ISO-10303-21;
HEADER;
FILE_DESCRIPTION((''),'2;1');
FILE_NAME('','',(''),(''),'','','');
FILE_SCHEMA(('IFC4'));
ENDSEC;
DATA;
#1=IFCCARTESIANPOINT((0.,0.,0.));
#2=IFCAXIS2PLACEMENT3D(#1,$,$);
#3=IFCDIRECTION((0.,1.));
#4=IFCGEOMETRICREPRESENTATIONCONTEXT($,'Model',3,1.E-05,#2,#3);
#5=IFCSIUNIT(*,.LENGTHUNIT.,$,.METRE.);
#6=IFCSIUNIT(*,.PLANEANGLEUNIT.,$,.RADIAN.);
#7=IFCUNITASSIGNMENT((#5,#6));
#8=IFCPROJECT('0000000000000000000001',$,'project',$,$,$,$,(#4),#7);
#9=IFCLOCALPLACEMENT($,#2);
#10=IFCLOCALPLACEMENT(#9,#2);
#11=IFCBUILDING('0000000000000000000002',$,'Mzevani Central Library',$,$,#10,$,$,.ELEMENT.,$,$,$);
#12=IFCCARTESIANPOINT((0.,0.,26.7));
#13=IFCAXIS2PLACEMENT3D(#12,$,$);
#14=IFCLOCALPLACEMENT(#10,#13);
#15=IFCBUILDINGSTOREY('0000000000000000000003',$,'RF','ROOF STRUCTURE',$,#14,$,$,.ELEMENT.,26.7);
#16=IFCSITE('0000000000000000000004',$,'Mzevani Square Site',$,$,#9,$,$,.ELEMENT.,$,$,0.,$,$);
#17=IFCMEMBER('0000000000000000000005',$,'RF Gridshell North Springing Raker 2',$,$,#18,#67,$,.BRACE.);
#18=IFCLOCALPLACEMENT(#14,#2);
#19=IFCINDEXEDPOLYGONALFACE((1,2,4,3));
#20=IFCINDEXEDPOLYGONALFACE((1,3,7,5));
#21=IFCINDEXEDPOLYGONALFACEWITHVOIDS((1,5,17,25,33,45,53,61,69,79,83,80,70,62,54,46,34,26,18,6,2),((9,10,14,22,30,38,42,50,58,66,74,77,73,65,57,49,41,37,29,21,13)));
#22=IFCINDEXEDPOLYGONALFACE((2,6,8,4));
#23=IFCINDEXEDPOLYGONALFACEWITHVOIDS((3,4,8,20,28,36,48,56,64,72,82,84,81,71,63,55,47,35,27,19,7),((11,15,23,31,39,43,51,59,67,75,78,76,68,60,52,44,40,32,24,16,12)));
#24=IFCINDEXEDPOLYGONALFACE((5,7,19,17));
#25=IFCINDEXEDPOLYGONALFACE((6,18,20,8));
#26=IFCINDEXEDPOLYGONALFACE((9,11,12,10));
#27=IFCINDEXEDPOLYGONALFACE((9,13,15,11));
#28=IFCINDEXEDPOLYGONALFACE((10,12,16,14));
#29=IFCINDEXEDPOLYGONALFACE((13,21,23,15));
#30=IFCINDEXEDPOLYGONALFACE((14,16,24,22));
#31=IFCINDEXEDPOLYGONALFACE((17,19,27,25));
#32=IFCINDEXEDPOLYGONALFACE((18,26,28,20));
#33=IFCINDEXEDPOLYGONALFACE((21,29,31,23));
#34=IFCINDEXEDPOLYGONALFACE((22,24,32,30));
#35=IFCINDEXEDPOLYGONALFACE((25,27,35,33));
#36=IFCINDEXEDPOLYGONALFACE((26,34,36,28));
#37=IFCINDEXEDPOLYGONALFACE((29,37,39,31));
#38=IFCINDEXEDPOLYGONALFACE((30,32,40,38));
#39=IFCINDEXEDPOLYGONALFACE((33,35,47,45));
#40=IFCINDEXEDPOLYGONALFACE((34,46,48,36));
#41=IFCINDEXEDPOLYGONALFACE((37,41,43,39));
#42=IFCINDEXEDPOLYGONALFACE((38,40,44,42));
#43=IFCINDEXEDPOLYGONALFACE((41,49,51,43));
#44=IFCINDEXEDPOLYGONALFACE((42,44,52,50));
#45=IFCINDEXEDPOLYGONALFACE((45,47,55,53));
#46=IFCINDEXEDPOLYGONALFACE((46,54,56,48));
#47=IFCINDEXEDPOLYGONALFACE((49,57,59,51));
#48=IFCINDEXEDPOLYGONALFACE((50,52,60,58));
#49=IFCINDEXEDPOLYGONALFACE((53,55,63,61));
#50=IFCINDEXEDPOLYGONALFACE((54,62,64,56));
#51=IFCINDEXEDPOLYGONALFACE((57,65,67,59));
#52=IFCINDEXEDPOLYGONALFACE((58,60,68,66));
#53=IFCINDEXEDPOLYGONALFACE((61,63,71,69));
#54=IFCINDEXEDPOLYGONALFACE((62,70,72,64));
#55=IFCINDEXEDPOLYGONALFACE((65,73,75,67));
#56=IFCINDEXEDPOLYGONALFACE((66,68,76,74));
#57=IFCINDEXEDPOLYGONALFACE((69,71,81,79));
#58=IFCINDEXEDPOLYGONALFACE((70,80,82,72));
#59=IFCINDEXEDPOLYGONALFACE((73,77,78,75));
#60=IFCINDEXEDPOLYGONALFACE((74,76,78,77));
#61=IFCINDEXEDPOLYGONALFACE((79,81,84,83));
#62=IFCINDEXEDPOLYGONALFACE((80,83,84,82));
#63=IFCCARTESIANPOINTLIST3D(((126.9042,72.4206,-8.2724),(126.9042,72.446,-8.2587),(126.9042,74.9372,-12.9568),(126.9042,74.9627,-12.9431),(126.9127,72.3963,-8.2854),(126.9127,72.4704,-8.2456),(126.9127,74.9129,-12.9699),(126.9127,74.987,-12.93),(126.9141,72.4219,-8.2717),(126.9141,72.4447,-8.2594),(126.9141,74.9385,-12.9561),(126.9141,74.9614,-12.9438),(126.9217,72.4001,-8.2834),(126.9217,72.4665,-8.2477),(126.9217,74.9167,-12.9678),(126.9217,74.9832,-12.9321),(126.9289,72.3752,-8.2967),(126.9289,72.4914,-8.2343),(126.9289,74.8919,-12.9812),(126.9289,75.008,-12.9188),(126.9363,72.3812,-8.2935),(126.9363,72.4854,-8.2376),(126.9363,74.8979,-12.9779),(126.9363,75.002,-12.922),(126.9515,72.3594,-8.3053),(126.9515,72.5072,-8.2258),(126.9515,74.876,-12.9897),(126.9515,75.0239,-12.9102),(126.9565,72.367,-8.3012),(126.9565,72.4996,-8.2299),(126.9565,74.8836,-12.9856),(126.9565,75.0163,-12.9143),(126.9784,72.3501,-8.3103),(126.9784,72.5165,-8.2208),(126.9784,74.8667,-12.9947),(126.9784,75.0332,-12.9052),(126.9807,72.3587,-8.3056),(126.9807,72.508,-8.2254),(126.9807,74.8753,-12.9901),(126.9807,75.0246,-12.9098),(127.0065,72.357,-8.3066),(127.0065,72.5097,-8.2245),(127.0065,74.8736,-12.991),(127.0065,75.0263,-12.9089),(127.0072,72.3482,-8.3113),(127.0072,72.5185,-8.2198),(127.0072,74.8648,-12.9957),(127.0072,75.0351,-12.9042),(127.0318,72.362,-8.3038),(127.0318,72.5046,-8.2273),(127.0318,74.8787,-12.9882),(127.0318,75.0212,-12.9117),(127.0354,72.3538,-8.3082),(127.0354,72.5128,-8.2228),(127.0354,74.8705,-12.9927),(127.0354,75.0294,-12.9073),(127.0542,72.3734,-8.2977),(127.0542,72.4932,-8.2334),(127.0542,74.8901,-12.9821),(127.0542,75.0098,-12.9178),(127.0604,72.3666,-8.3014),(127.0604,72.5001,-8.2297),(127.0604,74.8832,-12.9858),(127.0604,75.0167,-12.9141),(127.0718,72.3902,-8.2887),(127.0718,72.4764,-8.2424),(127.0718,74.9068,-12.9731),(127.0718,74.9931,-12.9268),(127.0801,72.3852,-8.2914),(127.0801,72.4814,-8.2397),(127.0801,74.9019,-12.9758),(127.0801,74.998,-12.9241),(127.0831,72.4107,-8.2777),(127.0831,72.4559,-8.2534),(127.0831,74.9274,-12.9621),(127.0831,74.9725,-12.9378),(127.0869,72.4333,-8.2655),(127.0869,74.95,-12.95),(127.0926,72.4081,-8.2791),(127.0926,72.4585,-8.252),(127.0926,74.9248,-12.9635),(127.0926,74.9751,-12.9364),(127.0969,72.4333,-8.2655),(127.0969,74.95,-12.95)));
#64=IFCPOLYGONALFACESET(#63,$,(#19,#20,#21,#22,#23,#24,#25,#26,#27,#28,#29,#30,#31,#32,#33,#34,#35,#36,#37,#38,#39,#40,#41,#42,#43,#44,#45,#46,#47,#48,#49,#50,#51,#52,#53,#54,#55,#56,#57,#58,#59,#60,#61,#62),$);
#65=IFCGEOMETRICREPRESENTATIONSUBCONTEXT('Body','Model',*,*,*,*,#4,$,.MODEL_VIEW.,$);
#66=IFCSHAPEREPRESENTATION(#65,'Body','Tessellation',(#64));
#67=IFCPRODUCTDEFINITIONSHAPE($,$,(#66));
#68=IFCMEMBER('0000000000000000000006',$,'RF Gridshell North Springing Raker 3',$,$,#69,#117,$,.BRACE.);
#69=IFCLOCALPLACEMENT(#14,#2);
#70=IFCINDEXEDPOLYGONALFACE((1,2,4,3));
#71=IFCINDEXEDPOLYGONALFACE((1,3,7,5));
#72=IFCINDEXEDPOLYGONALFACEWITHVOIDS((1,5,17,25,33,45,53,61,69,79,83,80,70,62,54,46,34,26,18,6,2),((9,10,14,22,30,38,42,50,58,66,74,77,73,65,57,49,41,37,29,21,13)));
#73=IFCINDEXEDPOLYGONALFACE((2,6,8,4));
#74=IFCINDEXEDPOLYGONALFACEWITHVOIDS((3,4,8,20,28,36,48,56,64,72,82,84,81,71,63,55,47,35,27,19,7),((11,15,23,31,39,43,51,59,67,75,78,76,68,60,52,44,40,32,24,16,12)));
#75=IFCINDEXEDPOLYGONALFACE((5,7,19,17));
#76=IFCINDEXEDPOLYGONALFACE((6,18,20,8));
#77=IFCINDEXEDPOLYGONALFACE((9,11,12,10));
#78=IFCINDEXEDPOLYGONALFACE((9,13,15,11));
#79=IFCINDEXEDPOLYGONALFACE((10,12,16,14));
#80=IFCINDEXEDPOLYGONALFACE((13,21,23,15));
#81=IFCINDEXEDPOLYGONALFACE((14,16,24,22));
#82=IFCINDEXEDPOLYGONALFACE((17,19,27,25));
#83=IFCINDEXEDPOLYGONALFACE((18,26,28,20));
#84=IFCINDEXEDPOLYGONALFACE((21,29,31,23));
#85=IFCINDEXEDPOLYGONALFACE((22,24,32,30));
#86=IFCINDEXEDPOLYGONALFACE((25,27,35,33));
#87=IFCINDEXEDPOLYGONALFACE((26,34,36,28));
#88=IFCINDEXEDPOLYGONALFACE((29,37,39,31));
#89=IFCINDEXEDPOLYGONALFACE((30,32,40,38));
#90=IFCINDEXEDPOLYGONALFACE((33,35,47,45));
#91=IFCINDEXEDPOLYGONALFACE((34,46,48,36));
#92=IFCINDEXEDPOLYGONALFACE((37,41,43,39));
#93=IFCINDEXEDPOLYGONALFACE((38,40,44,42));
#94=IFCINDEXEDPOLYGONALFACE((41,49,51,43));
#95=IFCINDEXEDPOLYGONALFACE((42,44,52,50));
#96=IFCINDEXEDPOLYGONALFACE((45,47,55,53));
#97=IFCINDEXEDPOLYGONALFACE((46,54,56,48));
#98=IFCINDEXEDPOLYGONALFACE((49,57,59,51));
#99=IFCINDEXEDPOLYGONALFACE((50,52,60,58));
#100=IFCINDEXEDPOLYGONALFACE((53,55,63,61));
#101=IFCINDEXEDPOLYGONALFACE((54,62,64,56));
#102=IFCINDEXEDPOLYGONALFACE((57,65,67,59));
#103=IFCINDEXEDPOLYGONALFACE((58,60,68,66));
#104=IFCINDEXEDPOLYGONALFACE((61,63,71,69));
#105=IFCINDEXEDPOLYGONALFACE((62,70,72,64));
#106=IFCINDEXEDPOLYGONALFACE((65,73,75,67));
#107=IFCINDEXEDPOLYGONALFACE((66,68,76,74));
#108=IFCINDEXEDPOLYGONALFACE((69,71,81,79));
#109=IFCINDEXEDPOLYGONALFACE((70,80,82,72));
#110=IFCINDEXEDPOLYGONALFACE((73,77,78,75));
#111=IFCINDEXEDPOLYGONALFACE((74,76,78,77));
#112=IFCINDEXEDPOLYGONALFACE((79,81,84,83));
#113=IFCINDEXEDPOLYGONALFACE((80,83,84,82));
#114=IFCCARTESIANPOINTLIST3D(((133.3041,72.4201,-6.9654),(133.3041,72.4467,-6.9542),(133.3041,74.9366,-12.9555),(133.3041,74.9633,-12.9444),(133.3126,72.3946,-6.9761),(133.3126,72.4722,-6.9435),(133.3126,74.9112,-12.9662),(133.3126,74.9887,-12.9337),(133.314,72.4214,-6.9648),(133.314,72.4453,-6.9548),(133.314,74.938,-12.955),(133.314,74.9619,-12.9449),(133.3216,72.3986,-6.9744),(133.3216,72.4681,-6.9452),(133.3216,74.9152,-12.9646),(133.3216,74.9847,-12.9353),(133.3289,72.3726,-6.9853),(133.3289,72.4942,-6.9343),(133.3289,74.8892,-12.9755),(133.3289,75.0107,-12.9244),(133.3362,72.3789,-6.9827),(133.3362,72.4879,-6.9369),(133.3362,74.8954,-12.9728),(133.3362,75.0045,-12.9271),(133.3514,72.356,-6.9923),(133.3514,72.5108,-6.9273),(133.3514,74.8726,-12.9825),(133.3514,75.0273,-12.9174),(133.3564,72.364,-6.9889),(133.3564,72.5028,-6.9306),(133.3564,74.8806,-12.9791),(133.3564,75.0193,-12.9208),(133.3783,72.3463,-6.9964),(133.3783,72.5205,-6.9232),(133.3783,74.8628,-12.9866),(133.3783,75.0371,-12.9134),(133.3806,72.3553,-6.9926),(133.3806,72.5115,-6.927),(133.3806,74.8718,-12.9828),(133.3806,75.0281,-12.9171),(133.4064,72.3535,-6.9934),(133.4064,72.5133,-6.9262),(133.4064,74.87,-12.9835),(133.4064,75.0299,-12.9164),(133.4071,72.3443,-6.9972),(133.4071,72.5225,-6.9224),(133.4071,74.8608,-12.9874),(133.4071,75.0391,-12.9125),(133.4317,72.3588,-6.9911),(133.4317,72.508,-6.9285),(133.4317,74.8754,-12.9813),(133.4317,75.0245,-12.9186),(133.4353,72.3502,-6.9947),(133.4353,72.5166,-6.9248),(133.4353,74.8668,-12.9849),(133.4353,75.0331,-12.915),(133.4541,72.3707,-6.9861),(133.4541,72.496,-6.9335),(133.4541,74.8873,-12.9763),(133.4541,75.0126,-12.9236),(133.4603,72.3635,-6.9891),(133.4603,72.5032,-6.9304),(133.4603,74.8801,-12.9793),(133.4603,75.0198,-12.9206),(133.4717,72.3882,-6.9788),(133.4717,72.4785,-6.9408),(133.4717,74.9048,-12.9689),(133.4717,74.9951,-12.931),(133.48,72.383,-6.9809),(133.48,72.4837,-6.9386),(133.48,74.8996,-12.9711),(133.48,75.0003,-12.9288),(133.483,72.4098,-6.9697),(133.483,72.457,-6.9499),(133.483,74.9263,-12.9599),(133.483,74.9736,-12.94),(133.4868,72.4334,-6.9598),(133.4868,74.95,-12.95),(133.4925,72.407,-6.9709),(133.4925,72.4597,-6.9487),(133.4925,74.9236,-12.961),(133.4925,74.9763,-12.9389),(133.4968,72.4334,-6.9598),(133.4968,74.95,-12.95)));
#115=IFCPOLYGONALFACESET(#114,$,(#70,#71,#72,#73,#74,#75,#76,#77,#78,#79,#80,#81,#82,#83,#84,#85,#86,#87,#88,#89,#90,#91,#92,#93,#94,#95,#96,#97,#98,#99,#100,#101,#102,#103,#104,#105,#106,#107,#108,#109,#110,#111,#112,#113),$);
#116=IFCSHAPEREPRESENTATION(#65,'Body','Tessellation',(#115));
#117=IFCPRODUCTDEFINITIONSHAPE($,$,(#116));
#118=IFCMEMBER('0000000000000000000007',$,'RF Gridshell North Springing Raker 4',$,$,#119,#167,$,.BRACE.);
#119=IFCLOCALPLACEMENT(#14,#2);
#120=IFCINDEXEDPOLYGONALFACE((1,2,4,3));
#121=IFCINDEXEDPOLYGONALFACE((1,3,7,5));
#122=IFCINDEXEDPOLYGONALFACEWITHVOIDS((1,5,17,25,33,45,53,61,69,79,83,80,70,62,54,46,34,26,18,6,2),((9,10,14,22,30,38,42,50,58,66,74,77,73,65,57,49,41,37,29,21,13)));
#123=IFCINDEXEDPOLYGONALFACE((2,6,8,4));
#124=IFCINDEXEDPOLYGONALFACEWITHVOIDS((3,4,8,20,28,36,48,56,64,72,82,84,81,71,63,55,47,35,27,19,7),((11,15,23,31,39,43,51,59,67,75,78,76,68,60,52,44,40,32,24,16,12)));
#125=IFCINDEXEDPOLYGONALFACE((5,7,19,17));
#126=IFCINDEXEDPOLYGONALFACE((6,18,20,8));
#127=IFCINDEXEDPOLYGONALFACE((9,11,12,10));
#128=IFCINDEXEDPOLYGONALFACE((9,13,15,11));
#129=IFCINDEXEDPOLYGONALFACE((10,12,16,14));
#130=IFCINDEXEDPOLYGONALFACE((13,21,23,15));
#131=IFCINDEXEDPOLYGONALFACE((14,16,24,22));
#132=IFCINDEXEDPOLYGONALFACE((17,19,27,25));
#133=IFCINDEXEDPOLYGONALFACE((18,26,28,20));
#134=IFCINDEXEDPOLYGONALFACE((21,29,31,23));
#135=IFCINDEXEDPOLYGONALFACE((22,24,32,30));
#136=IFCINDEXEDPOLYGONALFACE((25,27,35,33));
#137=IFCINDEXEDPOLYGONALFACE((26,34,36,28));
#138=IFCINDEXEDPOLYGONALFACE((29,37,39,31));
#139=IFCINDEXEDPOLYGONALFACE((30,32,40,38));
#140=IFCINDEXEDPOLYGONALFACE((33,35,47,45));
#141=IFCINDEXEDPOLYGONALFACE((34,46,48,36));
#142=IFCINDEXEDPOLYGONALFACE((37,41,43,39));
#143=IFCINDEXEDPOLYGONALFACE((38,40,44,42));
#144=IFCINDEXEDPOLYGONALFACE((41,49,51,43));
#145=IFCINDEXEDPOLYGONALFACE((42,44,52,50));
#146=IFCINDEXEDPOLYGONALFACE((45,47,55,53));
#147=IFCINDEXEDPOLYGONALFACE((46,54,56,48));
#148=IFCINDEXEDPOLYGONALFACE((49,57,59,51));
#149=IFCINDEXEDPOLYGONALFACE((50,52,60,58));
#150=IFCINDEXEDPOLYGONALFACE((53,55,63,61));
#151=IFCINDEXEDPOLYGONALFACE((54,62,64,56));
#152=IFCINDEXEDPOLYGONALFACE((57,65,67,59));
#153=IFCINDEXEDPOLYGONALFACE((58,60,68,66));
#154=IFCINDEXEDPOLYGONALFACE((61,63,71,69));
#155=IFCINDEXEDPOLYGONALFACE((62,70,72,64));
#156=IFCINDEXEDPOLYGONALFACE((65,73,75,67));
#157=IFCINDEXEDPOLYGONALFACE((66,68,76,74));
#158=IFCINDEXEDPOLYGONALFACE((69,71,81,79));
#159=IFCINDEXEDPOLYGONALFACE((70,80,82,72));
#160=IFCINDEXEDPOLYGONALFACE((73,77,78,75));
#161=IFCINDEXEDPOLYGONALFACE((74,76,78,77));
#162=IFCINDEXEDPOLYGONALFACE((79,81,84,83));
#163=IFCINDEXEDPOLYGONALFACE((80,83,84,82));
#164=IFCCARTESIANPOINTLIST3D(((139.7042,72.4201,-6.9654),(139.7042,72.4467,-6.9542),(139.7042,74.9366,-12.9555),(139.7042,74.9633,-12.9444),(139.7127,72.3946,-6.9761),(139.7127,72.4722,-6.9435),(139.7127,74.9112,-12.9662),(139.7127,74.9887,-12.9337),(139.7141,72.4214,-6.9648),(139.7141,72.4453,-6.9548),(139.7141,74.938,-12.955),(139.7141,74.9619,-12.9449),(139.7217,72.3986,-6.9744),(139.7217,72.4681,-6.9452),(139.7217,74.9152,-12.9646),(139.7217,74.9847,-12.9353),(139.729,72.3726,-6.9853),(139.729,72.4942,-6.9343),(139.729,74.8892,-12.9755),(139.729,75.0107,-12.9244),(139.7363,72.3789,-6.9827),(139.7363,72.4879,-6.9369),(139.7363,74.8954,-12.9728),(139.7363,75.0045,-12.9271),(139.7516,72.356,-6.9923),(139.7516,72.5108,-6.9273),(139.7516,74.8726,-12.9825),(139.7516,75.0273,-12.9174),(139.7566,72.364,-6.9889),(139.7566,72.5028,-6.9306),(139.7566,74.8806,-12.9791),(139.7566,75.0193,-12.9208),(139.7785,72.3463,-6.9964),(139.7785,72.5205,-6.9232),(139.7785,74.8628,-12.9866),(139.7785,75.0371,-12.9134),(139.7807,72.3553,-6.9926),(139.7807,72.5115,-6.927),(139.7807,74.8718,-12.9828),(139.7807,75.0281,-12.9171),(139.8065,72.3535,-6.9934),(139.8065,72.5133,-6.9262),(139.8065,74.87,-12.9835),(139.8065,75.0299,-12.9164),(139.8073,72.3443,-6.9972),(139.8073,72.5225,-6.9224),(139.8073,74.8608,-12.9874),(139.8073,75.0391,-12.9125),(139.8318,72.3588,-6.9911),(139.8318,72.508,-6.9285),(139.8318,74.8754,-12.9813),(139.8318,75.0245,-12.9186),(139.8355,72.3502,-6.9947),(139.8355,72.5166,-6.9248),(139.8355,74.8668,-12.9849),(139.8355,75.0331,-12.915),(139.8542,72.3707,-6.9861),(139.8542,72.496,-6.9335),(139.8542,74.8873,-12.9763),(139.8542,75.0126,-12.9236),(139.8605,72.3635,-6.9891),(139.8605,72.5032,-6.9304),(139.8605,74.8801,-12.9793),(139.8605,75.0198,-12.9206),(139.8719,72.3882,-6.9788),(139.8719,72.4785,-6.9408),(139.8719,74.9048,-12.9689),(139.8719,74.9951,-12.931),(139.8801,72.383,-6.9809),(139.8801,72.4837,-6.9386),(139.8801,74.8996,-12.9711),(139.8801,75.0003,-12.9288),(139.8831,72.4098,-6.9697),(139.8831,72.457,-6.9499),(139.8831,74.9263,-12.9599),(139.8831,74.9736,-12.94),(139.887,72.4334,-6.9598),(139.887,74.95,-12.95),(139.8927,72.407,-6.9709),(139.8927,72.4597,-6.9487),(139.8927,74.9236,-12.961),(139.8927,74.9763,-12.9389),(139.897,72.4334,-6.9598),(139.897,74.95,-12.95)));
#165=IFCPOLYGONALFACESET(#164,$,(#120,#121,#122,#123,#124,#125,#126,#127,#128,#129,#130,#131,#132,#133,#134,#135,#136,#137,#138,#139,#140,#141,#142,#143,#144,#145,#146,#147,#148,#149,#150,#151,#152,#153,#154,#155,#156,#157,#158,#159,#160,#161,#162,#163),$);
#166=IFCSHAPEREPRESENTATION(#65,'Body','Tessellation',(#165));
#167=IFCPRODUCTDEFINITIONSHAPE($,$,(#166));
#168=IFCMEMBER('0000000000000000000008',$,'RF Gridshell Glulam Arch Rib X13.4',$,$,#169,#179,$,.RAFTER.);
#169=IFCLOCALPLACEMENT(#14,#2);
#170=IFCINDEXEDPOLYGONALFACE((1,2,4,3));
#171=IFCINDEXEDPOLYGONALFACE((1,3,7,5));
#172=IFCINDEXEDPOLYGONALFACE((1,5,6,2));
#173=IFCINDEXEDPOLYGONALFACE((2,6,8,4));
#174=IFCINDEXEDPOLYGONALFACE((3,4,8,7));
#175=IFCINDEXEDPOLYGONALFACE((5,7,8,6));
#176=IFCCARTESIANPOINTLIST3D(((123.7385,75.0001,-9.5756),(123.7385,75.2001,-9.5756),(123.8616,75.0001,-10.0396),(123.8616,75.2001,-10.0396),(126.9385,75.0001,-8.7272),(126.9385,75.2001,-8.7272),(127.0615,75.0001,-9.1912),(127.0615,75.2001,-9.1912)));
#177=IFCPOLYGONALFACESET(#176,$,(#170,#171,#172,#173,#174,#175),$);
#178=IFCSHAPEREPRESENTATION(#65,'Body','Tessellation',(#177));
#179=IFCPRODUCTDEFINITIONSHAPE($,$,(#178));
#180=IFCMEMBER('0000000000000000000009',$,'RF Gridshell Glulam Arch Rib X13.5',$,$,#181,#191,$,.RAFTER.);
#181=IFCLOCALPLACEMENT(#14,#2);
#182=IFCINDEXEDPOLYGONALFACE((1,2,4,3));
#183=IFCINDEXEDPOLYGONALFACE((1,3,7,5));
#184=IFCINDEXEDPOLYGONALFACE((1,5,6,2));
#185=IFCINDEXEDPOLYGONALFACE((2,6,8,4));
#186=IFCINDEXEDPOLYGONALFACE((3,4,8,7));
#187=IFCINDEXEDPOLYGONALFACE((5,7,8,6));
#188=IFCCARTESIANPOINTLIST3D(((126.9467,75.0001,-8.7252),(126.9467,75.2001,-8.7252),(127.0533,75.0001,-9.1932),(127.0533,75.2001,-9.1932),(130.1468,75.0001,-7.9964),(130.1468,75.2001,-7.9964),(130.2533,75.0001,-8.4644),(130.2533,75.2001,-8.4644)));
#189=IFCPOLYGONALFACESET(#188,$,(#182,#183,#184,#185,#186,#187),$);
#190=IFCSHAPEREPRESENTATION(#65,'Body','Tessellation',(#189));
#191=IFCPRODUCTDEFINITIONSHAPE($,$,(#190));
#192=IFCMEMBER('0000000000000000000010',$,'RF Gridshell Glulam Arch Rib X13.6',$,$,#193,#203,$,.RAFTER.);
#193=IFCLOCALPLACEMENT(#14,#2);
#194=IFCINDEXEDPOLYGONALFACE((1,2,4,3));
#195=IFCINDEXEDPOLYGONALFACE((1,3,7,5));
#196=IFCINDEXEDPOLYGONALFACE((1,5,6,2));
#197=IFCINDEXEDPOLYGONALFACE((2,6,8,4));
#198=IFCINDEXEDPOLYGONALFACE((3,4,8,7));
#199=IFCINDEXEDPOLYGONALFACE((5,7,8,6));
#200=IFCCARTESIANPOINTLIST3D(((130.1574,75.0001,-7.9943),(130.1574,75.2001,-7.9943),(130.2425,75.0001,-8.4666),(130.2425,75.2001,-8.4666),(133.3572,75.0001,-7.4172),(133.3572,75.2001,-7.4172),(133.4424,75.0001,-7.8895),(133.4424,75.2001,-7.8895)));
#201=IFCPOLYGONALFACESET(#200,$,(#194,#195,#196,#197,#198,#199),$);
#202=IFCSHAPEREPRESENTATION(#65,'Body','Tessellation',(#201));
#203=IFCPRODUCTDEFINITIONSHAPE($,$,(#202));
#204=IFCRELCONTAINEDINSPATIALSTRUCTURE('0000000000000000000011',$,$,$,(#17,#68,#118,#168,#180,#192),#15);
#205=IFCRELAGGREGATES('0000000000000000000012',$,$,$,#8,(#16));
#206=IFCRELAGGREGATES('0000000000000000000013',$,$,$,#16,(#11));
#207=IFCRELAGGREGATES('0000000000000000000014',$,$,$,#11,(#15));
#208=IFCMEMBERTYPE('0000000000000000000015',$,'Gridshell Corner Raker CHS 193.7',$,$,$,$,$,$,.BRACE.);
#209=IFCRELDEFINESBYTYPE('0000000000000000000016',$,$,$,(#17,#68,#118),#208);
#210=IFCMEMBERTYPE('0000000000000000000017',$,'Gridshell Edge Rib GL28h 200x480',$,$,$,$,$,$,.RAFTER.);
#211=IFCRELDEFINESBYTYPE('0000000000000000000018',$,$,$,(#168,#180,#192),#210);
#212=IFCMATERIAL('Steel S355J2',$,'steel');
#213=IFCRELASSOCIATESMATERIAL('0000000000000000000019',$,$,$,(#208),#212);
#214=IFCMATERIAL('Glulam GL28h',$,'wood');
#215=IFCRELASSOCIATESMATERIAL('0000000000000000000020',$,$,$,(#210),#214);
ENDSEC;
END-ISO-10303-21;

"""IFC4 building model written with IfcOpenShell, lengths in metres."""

from ifc_helpers import new_model, si_unit, direction, frame, origin, origin_2d, place, context, subcontext, project, spatial, rectangle, hollow_circle, extrude, material, material_profile, profile_set, type_object, element, save


model = new_model("IFC4")

# Units and contexts
model_context = context("Model", 3, precision=1e-05, world=origin(), true_north=direction((0.0, 1.0)))
body_context = subcontext(model_context, "Body", "Model", "MODEL_VIEW")
ifc_project = project(units=[si_unit("LENGTHUNIT", "METRE"), si_unit("PLANEANGLEUNIT", "RADIAN")], contexts=[model_context])

# Site, building, storey
site_placement = place(None, origin())
site = spatial("IfcSite", under=ifc_project, at=site_placement, Name="Mzevani Square Site", CompositionType="ELEMENT", RefElevation=0.0)
building_placement = place(site_placement, origin())
building = spatial("IfcBuilding", under=site, at=building_placement, Name="Mzevani Central Library", CompositionType="ELEMENT")
storey_placement = place(building_placement, frame((0.0, 0.0, 26.7)))
storey = spatial("IfcBuildingStorey", under=building, at=storey_placement, Name="RF", Description="ROOF STRUCTURE", CompositionType="ELEMENT", Elevation=26.7)

# Members
ifc_material_1 = material(Name="Steel S355J2", Category="steel")
ifc_material_profile_1 = material_profile(ifc_material_1, hollow_circle(Radius=0.0969, WallThickness=0.01, at=origin_2d()), Name="CHS 193.7x10.0")
ifc_profile_set_1 = profile_set([ifc_material_profile_1], Name="Steel S355J2")
member_type_1 = type_object("IfcMemberType", Name="Gridshell Corner Raker CHS 193.7", PredefinedType="BRACE", material=ifc_profile_set_1)
member_1_placement = place(storey_placement, frame((127.0, 74.95, -12.95), z_axis=(0.0, -0.473265, 0.88092), x_axis=(1.0, 0.0, 0.0)))
element("IfcMember", 1, at=member_1_placement, inside=storey, type_object=member_type_1, Name="RF Gridshell North Springing Raker 2", PredefinedType="BRACE", context=body_context, shape_type="SweptSolid", body=[
    extrude(hollow_circle(Radius=0.0969, WallThickness=0.01, at=origin_2d()), origin(), (0.0, 0.0, 1.0), 5.3176),
])
for number, where, z_axis, x_axis, name in (
    (2, (133.3999, 74.95, -12.95), (0.0, -0.387324, 0.921943), (1.0, 0.0, 0.0), "RF Gridshell North Springing Raker 3"),
    (3, (139.8, 74.95, -12.95), (0.0, -0.387324, 0.921943), (1.0, 0.0, 0.0), "RF Gridshell North Springing Raker 4"),
):
    element("IfcMember", number, at=place(storey_placement, frame(where, z_axis=z_axis, x_axis=x_axis)), inside=storey, type_object=member_type_1, Name=name, PredefinedType="BRACE", context=body_context, shape_type="SweptSolid", body=[
        extrude(hollow_circle(Radius=0.0969, WallThickness=0.01, at=origin_2d()), origin(), (0.0, 0.0, 1.0), 6.4973),
    ])
ifc_material_2 = material(Name="Glulam GL28h", Category="wood")
ifc_material_profile_2 = material_profile(ifc_material_2, rectangle(XDim=0.2, YDim=0.48, at=origin_2d()), Name="GL28h 200x480")
ifc_profile_set_2 = profile_set([ifc_material_profile_2], Name="Glulam GL28h")
member_type_2 = type_object("IfcMemberType", Name="Gridshell Edge Rib GL28h 200x480", PredefinedType="RAFTER", material=ifc_profile_set_2)
member_2_placement = place(storey_placement, frame((123.8, 75.1001, -9.8076), z_axis=(0.966605, 0.0, 0.256272), x_axis=(0.0, 1.0, 0.0)))
element("IfcMember", 4, at=member_2_placement, inside=storey, type_object=member_type_2, Name="RF Gridshell Glulam Arch Rib X13.4", PredefinedType="RAFTER", context=body_context, shape_type="SweptSolid", body=[
    extrude(rectangle(XDim=0.2, YDim=0.48, at=origin_2d()), origin(), (0.0, 0.0, 1.0), 3.3105),
])
member_3_placement = place(storey_placement, frame((127.0, 75.1001, -8.9592), z_axis=(0.975034, 0.0, 0.222055), x_axis=(0.0, 1.0, 0.0)))
element("IfcMember", 5, at=member_3_placement, inside=storey, type_object=member_type_2, Name="RF Gridshell Glulam Arch Rib X13.5", PredefinedType="RAFTER", context=body_context, shape_type="SweptSolid", body=[
    extrude(rectangle(XDim=0.2, YDim=0.48, at=origin_2d()), origin(), (0.0, 0.0, 1.0), 3.282),
])
member_4_placement = place(storey_placement, frame((130.2, 75.1001, -8.2305), z_axis=(0.984121, 0.0, 0.177498), x_axis=(0.0, 1.0, 0.0)))
element("IfcMember", 6, at=member_4_placement, inside=storey, type_object=member_type_2, Name="RF Gridshell Glulam Arch Rib X13.6", PredefinedType="RAFTER", context=body_context, shape_type="SweptSolid", body=[
    extrude(rectangle(XDim=0.2, YDim=0.48, at=origin_2d()), origin(), (0.0, 0.0, 1.0), 3.2515),
])

save(model, "model.ifc")
